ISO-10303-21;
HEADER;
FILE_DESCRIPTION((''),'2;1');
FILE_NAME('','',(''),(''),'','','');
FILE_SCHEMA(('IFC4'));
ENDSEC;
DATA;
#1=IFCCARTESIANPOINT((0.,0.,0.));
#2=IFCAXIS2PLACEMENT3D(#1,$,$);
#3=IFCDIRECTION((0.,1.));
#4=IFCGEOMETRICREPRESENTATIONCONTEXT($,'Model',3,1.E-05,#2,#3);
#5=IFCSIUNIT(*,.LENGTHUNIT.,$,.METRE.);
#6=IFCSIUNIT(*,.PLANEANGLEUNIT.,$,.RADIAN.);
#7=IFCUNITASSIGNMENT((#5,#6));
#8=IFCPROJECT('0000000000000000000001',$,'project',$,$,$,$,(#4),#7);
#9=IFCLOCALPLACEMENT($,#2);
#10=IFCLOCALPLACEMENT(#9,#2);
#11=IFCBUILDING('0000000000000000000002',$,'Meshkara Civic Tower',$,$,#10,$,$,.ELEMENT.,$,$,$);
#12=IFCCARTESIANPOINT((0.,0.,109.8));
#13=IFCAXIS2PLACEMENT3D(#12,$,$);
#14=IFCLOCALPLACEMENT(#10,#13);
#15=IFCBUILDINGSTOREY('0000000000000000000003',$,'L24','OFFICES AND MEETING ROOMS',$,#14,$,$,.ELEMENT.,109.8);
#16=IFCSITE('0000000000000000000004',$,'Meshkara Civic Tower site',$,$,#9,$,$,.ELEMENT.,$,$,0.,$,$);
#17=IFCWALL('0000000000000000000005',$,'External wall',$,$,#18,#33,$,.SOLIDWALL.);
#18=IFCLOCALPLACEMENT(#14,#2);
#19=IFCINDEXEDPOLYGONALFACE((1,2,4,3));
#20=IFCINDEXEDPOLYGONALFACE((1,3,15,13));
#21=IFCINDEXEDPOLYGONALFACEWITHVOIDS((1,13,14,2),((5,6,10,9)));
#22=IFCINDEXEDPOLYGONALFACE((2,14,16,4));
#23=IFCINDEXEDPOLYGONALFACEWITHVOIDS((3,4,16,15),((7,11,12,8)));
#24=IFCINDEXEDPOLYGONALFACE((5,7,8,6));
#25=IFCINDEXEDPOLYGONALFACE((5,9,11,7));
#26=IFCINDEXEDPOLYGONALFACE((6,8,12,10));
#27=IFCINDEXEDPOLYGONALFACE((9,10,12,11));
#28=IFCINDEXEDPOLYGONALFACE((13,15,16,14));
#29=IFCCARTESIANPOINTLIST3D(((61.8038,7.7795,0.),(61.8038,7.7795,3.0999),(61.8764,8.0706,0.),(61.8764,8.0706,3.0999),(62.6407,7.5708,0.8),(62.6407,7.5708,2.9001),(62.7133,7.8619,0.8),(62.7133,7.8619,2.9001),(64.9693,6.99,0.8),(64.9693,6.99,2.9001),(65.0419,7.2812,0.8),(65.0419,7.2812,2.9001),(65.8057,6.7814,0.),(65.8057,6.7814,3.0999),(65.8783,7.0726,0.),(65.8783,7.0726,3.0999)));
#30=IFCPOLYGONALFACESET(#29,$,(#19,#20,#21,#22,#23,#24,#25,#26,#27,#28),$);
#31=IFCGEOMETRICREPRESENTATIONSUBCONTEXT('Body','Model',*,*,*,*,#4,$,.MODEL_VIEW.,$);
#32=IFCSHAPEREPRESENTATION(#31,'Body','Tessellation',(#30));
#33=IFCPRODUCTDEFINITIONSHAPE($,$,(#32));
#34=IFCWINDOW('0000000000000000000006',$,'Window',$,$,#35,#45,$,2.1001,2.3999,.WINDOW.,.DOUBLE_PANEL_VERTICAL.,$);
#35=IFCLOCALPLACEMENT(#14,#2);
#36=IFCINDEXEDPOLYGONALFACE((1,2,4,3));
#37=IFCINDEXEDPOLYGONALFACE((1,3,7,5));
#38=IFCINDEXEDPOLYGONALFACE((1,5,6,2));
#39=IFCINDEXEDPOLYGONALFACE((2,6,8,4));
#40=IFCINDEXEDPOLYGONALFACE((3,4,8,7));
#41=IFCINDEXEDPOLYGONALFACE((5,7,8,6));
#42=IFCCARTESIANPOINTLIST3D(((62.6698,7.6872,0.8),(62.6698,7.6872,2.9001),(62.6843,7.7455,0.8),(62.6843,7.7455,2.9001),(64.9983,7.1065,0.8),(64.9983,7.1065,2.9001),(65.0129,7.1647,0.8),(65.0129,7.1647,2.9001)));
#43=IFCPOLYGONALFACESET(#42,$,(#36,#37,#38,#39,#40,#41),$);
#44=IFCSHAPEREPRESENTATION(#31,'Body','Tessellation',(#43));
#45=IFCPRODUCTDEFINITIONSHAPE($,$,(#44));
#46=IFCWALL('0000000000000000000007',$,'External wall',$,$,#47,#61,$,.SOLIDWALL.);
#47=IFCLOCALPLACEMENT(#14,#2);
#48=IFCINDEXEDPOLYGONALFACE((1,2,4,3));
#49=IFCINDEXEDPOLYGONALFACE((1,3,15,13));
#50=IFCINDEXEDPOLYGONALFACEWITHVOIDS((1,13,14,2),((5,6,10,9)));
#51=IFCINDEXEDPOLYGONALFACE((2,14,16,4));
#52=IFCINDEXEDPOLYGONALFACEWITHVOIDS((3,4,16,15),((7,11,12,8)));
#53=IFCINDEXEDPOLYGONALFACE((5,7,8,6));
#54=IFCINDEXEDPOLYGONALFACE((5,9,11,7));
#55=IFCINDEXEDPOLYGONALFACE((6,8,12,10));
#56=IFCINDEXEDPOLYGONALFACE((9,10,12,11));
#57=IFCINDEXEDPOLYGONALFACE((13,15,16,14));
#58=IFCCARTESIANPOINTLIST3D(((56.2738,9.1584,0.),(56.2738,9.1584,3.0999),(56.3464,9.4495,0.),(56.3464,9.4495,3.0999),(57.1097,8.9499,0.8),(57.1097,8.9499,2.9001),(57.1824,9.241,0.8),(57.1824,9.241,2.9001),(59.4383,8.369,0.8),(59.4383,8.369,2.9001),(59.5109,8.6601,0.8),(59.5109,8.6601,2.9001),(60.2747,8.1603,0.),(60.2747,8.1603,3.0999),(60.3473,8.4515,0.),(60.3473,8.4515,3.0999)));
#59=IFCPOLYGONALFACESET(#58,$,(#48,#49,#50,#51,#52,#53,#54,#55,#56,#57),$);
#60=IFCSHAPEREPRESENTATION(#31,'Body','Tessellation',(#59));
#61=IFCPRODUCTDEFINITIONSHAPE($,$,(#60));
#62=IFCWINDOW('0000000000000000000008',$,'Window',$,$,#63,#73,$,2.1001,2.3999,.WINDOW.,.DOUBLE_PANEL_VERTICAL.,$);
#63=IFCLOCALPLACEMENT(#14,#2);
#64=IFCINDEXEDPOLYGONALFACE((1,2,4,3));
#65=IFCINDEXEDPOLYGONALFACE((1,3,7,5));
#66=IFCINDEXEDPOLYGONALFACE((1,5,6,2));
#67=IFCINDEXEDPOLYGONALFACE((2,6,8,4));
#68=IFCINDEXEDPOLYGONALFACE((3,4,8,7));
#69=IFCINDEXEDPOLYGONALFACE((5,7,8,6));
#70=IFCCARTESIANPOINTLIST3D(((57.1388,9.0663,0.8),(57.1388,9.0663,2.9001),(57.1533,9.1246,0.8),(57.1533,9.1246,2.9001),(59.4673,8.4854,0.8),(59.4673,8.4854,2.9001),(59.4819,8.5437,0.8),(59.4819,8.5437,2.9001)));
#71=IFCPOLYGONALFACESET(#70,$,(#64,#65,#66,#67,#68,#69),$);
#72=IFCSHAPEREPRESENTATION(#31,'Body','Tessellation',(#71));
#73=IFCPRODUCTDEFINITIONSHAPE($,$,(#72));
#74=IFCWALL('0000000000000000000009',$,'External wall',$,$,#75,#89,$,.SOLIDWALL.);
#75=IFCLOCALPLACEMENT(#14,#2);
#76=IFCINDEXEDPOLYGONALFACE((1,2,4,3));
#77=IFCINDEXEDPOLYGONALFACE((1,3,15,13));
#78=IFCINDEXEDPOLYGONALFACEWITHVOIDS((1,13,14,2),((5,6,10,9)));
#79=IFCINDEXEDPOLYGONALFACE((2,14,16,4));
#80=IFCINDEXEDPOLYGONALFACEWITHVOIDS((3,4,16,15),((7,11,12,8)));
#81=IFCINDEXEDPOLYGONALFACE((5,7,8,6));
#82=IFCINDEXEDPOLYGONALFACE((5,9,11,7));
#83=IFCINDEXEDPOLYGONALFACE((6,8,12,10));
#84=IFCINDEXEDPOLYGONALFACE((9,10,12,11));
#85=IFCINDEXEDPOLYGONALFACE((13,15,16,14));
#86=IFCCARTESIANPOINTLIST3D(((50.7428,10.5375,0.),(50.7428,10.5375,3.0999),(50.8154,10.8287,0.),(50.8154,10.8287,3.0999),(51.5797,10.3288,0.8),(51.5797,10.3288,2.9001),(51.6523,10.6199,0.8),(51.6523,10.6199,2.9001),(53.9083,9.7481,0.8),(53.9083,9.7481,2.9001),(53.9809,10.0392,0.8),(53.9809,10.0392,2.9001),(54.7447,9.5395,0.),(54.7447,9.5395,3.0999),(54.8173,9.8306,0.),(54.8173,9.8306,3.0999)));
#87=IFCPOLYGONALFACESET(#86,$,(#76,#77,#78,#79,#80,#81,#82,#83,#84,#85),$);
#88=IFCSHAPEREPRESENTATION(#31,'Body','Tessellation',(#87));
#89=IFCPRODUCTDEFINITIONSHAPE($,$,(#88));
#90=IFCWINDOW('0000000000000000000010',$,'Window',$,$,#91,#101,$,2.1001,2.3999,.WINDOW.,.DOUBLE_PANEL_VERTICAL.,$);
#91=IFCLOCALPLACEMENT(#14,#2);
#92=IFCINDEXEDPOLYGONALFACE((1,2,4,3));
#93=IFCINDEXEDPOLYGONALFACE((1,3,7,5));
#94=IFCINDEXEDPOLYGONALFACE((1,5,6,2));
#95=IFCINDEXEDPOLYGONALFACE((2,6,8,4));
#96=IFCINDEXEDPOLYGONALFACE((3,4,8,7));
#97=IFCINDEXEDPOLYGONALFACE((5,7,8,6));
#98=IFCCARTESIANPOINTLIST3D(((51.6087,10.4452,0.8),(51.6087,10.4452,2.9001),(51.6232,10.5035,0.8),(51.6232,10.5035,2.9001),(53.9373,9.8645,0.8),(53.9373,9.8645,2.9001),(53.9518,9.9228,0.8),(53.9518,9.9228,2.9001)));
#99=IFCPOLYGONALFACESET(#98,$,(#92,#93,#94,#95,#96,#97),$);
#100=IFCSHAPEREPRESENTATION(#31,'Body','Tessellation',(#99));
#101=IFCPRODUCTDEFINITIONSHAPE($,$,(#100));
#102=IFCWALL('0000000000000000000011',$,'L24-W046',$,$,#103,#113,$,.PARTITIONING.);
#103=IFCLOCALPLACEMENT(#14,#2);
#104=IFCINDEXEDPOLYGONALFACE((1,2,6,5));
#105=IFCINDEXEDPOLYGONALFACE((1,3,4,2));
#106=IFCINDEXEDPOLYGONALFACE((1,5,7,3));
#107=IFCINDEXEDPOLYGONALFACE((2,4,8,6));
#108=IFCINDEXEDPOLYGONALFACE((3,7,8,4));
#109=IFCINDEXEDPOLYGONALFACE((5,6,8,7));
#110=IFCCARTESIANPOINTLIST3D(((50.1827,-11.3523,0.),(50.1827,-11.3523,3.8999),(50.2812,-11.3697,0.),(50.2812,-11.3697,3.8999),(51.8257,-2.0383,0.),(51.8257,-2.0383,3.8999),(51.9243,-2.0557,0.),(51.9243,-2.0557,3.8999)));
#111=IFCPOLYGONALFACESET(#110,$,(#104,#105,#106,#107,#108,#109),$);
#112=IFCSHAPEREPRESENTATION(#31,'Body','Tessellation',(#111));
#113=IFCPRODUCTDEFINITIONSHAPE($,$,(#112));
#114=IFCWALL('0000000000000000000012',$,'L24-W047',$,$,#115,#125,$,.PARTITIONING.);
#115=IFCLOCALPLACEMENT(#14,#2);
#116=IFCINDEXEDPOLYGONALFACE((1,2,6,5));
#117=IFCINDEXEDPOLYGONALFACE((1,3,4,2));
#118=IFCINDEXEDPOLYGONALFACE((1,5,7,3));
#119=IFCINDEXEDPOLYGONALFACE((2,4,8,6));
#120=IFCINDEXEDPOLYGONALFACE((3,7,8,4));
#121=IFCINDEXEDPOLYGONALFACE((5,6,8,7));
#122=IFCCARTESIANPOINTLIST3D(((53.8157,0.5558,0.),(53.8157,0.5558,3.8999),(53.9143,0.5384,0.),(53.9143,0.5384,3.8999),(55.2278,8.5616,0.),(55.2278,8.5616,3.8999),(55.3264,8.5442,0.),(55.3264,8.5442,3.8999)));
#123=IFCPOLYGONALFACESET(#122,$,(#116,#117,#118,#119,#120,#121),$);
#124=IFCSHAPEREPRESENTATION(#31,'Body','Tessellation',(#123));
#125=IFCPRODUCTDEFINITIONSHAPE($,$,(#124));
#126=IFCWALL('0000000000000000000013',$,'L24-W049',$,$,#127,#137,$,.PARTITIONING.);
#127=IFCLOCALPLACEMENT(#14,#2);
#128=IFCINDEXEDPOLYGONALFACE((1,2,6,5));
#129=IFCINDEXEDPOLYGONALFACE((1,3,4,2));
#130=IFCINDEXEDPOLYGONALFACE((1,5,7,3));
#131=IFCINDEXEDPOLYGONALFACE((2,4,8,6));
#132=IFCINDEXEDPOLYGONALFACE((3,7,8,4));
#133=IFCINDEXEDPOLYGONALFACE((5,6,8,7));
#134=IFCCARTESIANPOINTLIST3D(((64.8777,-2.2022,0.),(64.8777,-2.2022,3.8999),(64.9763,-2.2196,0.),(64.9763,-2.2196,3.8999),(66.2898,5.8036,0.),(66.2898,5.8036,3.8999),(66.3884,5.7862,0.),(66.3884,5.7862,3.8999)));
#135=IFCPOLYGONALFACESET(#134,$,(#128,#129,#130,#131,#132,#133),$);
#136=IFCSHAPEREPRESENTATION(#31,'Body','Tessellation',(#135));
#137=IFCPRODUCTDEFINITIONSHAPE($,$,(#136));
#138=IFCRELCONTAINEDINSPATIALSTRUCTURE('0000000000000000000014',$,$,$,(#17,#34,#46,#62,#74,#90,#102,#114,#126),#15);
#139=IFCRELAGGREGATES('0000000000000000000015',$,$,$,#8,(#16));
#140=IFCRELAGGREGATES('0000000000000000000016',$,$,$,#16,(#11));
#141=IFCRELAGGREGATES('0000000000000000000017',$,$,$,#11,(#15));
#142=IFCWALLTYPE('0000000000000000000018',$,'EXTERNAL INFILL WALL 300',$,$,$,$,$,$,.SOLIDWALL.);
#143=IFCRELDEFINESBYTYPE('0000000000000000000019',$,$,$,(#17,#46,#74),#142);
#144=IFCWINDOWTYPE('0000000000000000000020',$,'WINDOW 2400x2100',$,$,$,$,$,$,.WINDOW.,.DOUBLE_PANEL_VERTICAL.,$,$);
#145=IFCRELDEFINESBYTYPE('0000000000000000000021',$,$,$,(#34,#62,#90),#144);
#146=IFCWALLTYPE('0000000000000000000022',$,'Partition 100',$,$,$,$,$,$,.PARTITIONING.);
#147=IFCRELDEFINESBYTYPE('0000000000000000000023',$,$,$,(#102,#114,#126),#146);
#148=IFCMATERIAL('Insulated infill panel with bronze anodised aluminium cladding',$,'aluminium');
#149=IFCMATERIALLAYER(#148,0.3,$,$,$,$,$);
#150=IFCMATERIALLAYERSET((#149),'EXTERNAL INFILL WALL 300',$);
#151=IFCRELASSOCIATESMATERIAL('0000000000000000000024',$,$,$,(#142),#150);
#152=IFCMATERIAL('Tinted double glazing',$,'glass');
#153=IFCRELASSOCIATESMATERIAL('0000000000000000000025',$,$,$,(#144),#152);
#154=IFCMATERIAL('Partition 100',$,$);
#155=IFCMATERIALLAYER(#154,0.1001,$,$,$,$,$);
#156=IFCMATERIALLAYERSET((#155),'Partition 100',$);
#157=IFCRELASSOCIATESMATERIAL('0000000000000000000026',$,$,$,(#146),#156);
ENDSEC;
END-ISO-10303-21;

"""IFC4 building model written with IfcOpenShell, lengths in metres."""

from ifc_helpers import new_model, si_unit, direction, frame, frame_2d, origin, place, context, subcontext, project, spatial, rectangle, extrude, material, layer, layer_set, type_object, element, fill, save


model = new_model("IFC4")

# Units and contexts
model_context = context("Model", 3, precision=1e-05, world=origin(), true_north=direction((0.0, 1.0)))
body_context = subcontext(model_context, "Body", "Model", "MODEL_VIEW")
ifc_project = project(units=[si_unit("LENGTHUNIT", "METRE"), si_unit("PLANEANGLEUNIT", "RADIAN")], contexts=[model_context])

# Site, building, storey
site_placement = place(None, origin())
site = spatial("IfcSite", under=ifc_project, at=site_placement, Name="Meshkara Civic Tower site", CompositionType="ELEMENT", RefElevation=0.0)
building_placement = place(site_placement, origin())
building = spatial("IfcBuilding", under=site, at=building_placement, Name="Meshkara Civic Tower", CompositionType="ELEMENT")
storey_placement = place(building_placement, frame((0.0, 0.0, 109.8)))
storey = spatial("IfcBuildingStorey", under=building, at=storey_placement, Name="L24", Description="OFFICES AND MEETING ROOMS", CompositionType="ELEMENT", Elevation=109.8)

# Walls, openings, windows
ifc_material_1 = material(Name="Insulated infill panel with bronze anodised aluminium cladding", Category="aluminium")
ifc_layer_1 = layer(ifc_material_1, 0.3)
ifc_layer_set_1 = layer_set([ifc_layer_1], Name="EXTERNAL INFILL WALL 300")
wall_type_1 = type_object("IfcWallType", Name="EXTERNAL INFILL WALL 300", PredefinedType="SOLIDWALL", material=ifc_layer_set_1)
wall_1_placement = place(storey_placement, frame((65.842, 6.927, 0.0), z_axis=(0.0, 0.0, 1.0), x_axis=(-0.970282, 0.241978, 0.0)))
wall_1 = element("IfcWall", 1, at=wall_1_placement, inside=storey, type_object=wall_type_1, Name="External wall", PredefinedType="SOLIDWALL", context=body_context, shape_type="SweptSolid", body=[
    extrude(rectangle(XDim=4.1245, YDim=0.3, at=frame_2d((2.0623, 0.0))), origin(), (0.0, 0.0, 1.0), 3.0999),
])
opening_1_placement = place(wall_1_placement, frame((0.8621, 0.0, 0.8)))
opening_1 = element("IfcOpeningElement", 2, at=opening_1_placement, cuts=wall_1, PredefinedType="OPENING", context=body_context, shape_type="SweptSolid", body=[
    extrude(rectangle(XDim=2.3999, YDim=2.1001, at=frame_2d((1.2, 1.05))), frame((0.0, 0.1599, 0.0), z_axis=(0.0, -1.0, 0.0), x_axis=(1.0, 0.0, 0.0)), (0.0, 0.0, 1.0), 0.3201),
])
ifc_material_2 = material(Name="Tinted double glazing", Category="glass")
window_type = type_object("IfcWindowType", Name="WINDOW 2400x2100", PartitioningType="DOUBLE_PANEL_VERTICAL", PredefinedType="WINDOW", material=ifc_material_2)
window_1_placement = place(opening_1_placement, origin())
window_1 = element("IfcWindow", 3, at=window_1_placement, inside=storey, type_object=window_type, Name="Window", OverallHeight=2.1001, OverallWidth=2.3999, PartitioningType="DOUBLE_PANEL_VERTICAL", PredefinedType="WINDOW", context=body_context, shape_type="SweptSolid", body=[
    extrude(rectangle(XDim=2.3999, YDim=2.1001, at=frame_2d((1.2, 1.05))), frame((0.0, 0.03, 0.0), z_axis=(0.0, -1.0, 0.0), x_axis=(1.0, 0.0, 0.0)), (0.0, 0.0, 1.0), 0.0601),
])
fill(opening_1, window_1)
wall_2_placement = place(storey_placement, frame((60.311, 8.3059, 0.0), z_axis=(0.0, 0.0, 1.0), x_axis=(-0.970268, 0.242034, 0.0)))
wall_2 = element("IfcWall", 4, at=wall_2_placement, inside=storey, type_object=wall_type_1, Name="External wall", PredefinedType="SOLIDWALL", context=body_context, shape_type="SweptSolid", body=[
    extrude(rectangle(XDim=4.1235, YDim=0.3, at=frame_2d((2.0618, 0.0))), origin(), (0.0, 0.0, 1.0), 3.0999),
])
opening_2_placement = place(wall_2_placement, frame((0.8621, 0.0, 0.8)))
opening_2 = element("IfcOpeningElement", 5, at=opening_2_placement, cuts=wall_2, PredefinedType="OPENING", context=body_context, shape_type="SweptSolid", body=[
    extrude(rectangle(XDim=2.3999, YDim=2.1001, at=frame_2d((1.2, 1.05))), frame((0.0, 0.1599, 0.0), z_axis=(0.0, -1.0, 0.0), x_axis=(1.0, 0.0, 0.0)), (0.0, 0.0, 1.0), 0.3201),
])
window_2_placement = place(opening_2_placement, origin())
window_2 = element("IfcWindow", 6, at=window_2_placement, inside=storey, type_object=window_type, Name="Window", OverallHeight=2.1001, OverallWidth=2.3999, PartitioningType="DOUBLE_PANEL_VERTICAL", PredefinedType="WINDOW", context=body_context, shape_type="SweptSolid", body=[
    extrude(rectangle(XDim=2.3999, YDim=2.1001, at=frame_2d((1.2, 1.05))), frame((0.0, 0.03, 0.0), z_axis=(0.0, -1.0, 0.0), x_axis=(1.0, 0.0, 0.0)), (0.0, 0.0, 1.0), 0.0601),
])
fill(opening_2, window_2)
wall_3_placement = place(storey_placement, frame((54.781, 9.6851, 0.0), z_axis=(0.0, 0.0, 1.0), x_axis=(-0.970282, 0.241978, 0.0)))
wall_3 = element("IfcWall", 7, at=wall_3_placement, inside=storey, type_object=wall_type_1, Name="External wall", PredefinedType="SOLIDWALL", context=body_context, shape_type="SweptSolid", body=[
    extrude(rectangle(XDim=4.1245, YDim=0.3, at=frame_2d((2.0623, 0.0))), origin(), (0.0, 0.0, 1.0), 3.0999),
])
opening_3_placement = place(wall_3_placement, frame((0.8621, 0.0, 0.8)))
opening_3 = element("IfcOpeningElement", 8, at=opening_3_placement, cuts=wall_3, PredefinedType="OPENING", context=body_context, shape_type="SweptSolid", body=[
    extrude(rectangle(XDim=2.3999, YDim=2.1001, at=frame_2d((1.2, 1.05))), frame((0.0, 0.1599, 0.0), z_axis=(0.0, -1.0, 0.0), x_axis=(1.0, 0.0, 0.0)), (0.0, 0.0, 1.0), 0.3201),
])
window_3_placement = place(opening_3_placement, origin())
window_3 = element("IfcWindow", 9, at=window_3_placement, inside=storey, type_object=window_type, Name="Window", OverallHeight=2.1001, OverallWidth=2.3999, PartitioningType="DOUBLE_PANEL_VERTICAL", PredefinedType="WINDOW", context=body_context, shape_type="SweptSolid", body=[
    extrude(rectangle(XDim=2.3999, YDim=2.1001, at=frame_2d((1.2, 1.05))), frame((0.0, 0.03, 0.0), z_axis=(0.0, -1.0, 0.0), x_axis=(1.0, 0.0, 0.0)), (0.0, 0.0, 1.0), 0.0601),
])
fill(opening_3, window_3)

# Walls
ifc_material_3 = material(Name="Partition 100")
ifc_layer_2 = layer(ifc_material_3, 0.1001)
ifc_layer_set_2 = layer_set([ifc_layer_2], Name="Partition 100")
wall_type_2 = type_object("IfcWallType", Name="Partition 100", PredefinedType="PARTITIONING", material=ifc_layer_set_2)
wall_4_placement = place(storey_placement, frame((50.2319, -11.3611, 0.0), z_axis=(0.0, 0.0, 1.0), x_axis=(0.173726, 0.984794, 0.0)))
element("IfcWall", 10, at=wall_4_placement, inside=storey, type_object=wall_type_2, Name="L24-W046", PredefinedType="PARTITIONING", context=body_context, shape_type="SweptSolid", body=[
    extrude(rectangle(XDim=9.4578, YDim=0.1001, at=frame_2d((4.729, 0.0))), origin(), (0.0, 0.0, 1.0), 3.8999),
])
for number, where, z_axis, x_axis, name in (
    (11, (53.865, 0.5471, 0.0), (0.0, 0.0, 1.0), (0.173703, 0.984798, 0.0), "L24-W047"),
    (12, (64.927, -2.2109, 0.0), (0.0, 0.0, 1.0), (0.173703, 0.984798, 0.0), "L24-W049"),
):
    element("IfcWall", number, at=place(storey_placement, frame(where, z_axis=z_axis, x_axis=x_axis)), inside=storey, type_object=wall_type_2, Name=name, PredefinedType="PARTITIONING", context=body_context, shape_type="SweptSolid", body=[
        extrude(rectangle(XDim=8.1294, YDim=0.1001, at=frame_2d((4.0647, 0.0))), origin(), (0.0, 0.0, 1.0), 3.8999),
    ])

save(model, "model.ifc")
